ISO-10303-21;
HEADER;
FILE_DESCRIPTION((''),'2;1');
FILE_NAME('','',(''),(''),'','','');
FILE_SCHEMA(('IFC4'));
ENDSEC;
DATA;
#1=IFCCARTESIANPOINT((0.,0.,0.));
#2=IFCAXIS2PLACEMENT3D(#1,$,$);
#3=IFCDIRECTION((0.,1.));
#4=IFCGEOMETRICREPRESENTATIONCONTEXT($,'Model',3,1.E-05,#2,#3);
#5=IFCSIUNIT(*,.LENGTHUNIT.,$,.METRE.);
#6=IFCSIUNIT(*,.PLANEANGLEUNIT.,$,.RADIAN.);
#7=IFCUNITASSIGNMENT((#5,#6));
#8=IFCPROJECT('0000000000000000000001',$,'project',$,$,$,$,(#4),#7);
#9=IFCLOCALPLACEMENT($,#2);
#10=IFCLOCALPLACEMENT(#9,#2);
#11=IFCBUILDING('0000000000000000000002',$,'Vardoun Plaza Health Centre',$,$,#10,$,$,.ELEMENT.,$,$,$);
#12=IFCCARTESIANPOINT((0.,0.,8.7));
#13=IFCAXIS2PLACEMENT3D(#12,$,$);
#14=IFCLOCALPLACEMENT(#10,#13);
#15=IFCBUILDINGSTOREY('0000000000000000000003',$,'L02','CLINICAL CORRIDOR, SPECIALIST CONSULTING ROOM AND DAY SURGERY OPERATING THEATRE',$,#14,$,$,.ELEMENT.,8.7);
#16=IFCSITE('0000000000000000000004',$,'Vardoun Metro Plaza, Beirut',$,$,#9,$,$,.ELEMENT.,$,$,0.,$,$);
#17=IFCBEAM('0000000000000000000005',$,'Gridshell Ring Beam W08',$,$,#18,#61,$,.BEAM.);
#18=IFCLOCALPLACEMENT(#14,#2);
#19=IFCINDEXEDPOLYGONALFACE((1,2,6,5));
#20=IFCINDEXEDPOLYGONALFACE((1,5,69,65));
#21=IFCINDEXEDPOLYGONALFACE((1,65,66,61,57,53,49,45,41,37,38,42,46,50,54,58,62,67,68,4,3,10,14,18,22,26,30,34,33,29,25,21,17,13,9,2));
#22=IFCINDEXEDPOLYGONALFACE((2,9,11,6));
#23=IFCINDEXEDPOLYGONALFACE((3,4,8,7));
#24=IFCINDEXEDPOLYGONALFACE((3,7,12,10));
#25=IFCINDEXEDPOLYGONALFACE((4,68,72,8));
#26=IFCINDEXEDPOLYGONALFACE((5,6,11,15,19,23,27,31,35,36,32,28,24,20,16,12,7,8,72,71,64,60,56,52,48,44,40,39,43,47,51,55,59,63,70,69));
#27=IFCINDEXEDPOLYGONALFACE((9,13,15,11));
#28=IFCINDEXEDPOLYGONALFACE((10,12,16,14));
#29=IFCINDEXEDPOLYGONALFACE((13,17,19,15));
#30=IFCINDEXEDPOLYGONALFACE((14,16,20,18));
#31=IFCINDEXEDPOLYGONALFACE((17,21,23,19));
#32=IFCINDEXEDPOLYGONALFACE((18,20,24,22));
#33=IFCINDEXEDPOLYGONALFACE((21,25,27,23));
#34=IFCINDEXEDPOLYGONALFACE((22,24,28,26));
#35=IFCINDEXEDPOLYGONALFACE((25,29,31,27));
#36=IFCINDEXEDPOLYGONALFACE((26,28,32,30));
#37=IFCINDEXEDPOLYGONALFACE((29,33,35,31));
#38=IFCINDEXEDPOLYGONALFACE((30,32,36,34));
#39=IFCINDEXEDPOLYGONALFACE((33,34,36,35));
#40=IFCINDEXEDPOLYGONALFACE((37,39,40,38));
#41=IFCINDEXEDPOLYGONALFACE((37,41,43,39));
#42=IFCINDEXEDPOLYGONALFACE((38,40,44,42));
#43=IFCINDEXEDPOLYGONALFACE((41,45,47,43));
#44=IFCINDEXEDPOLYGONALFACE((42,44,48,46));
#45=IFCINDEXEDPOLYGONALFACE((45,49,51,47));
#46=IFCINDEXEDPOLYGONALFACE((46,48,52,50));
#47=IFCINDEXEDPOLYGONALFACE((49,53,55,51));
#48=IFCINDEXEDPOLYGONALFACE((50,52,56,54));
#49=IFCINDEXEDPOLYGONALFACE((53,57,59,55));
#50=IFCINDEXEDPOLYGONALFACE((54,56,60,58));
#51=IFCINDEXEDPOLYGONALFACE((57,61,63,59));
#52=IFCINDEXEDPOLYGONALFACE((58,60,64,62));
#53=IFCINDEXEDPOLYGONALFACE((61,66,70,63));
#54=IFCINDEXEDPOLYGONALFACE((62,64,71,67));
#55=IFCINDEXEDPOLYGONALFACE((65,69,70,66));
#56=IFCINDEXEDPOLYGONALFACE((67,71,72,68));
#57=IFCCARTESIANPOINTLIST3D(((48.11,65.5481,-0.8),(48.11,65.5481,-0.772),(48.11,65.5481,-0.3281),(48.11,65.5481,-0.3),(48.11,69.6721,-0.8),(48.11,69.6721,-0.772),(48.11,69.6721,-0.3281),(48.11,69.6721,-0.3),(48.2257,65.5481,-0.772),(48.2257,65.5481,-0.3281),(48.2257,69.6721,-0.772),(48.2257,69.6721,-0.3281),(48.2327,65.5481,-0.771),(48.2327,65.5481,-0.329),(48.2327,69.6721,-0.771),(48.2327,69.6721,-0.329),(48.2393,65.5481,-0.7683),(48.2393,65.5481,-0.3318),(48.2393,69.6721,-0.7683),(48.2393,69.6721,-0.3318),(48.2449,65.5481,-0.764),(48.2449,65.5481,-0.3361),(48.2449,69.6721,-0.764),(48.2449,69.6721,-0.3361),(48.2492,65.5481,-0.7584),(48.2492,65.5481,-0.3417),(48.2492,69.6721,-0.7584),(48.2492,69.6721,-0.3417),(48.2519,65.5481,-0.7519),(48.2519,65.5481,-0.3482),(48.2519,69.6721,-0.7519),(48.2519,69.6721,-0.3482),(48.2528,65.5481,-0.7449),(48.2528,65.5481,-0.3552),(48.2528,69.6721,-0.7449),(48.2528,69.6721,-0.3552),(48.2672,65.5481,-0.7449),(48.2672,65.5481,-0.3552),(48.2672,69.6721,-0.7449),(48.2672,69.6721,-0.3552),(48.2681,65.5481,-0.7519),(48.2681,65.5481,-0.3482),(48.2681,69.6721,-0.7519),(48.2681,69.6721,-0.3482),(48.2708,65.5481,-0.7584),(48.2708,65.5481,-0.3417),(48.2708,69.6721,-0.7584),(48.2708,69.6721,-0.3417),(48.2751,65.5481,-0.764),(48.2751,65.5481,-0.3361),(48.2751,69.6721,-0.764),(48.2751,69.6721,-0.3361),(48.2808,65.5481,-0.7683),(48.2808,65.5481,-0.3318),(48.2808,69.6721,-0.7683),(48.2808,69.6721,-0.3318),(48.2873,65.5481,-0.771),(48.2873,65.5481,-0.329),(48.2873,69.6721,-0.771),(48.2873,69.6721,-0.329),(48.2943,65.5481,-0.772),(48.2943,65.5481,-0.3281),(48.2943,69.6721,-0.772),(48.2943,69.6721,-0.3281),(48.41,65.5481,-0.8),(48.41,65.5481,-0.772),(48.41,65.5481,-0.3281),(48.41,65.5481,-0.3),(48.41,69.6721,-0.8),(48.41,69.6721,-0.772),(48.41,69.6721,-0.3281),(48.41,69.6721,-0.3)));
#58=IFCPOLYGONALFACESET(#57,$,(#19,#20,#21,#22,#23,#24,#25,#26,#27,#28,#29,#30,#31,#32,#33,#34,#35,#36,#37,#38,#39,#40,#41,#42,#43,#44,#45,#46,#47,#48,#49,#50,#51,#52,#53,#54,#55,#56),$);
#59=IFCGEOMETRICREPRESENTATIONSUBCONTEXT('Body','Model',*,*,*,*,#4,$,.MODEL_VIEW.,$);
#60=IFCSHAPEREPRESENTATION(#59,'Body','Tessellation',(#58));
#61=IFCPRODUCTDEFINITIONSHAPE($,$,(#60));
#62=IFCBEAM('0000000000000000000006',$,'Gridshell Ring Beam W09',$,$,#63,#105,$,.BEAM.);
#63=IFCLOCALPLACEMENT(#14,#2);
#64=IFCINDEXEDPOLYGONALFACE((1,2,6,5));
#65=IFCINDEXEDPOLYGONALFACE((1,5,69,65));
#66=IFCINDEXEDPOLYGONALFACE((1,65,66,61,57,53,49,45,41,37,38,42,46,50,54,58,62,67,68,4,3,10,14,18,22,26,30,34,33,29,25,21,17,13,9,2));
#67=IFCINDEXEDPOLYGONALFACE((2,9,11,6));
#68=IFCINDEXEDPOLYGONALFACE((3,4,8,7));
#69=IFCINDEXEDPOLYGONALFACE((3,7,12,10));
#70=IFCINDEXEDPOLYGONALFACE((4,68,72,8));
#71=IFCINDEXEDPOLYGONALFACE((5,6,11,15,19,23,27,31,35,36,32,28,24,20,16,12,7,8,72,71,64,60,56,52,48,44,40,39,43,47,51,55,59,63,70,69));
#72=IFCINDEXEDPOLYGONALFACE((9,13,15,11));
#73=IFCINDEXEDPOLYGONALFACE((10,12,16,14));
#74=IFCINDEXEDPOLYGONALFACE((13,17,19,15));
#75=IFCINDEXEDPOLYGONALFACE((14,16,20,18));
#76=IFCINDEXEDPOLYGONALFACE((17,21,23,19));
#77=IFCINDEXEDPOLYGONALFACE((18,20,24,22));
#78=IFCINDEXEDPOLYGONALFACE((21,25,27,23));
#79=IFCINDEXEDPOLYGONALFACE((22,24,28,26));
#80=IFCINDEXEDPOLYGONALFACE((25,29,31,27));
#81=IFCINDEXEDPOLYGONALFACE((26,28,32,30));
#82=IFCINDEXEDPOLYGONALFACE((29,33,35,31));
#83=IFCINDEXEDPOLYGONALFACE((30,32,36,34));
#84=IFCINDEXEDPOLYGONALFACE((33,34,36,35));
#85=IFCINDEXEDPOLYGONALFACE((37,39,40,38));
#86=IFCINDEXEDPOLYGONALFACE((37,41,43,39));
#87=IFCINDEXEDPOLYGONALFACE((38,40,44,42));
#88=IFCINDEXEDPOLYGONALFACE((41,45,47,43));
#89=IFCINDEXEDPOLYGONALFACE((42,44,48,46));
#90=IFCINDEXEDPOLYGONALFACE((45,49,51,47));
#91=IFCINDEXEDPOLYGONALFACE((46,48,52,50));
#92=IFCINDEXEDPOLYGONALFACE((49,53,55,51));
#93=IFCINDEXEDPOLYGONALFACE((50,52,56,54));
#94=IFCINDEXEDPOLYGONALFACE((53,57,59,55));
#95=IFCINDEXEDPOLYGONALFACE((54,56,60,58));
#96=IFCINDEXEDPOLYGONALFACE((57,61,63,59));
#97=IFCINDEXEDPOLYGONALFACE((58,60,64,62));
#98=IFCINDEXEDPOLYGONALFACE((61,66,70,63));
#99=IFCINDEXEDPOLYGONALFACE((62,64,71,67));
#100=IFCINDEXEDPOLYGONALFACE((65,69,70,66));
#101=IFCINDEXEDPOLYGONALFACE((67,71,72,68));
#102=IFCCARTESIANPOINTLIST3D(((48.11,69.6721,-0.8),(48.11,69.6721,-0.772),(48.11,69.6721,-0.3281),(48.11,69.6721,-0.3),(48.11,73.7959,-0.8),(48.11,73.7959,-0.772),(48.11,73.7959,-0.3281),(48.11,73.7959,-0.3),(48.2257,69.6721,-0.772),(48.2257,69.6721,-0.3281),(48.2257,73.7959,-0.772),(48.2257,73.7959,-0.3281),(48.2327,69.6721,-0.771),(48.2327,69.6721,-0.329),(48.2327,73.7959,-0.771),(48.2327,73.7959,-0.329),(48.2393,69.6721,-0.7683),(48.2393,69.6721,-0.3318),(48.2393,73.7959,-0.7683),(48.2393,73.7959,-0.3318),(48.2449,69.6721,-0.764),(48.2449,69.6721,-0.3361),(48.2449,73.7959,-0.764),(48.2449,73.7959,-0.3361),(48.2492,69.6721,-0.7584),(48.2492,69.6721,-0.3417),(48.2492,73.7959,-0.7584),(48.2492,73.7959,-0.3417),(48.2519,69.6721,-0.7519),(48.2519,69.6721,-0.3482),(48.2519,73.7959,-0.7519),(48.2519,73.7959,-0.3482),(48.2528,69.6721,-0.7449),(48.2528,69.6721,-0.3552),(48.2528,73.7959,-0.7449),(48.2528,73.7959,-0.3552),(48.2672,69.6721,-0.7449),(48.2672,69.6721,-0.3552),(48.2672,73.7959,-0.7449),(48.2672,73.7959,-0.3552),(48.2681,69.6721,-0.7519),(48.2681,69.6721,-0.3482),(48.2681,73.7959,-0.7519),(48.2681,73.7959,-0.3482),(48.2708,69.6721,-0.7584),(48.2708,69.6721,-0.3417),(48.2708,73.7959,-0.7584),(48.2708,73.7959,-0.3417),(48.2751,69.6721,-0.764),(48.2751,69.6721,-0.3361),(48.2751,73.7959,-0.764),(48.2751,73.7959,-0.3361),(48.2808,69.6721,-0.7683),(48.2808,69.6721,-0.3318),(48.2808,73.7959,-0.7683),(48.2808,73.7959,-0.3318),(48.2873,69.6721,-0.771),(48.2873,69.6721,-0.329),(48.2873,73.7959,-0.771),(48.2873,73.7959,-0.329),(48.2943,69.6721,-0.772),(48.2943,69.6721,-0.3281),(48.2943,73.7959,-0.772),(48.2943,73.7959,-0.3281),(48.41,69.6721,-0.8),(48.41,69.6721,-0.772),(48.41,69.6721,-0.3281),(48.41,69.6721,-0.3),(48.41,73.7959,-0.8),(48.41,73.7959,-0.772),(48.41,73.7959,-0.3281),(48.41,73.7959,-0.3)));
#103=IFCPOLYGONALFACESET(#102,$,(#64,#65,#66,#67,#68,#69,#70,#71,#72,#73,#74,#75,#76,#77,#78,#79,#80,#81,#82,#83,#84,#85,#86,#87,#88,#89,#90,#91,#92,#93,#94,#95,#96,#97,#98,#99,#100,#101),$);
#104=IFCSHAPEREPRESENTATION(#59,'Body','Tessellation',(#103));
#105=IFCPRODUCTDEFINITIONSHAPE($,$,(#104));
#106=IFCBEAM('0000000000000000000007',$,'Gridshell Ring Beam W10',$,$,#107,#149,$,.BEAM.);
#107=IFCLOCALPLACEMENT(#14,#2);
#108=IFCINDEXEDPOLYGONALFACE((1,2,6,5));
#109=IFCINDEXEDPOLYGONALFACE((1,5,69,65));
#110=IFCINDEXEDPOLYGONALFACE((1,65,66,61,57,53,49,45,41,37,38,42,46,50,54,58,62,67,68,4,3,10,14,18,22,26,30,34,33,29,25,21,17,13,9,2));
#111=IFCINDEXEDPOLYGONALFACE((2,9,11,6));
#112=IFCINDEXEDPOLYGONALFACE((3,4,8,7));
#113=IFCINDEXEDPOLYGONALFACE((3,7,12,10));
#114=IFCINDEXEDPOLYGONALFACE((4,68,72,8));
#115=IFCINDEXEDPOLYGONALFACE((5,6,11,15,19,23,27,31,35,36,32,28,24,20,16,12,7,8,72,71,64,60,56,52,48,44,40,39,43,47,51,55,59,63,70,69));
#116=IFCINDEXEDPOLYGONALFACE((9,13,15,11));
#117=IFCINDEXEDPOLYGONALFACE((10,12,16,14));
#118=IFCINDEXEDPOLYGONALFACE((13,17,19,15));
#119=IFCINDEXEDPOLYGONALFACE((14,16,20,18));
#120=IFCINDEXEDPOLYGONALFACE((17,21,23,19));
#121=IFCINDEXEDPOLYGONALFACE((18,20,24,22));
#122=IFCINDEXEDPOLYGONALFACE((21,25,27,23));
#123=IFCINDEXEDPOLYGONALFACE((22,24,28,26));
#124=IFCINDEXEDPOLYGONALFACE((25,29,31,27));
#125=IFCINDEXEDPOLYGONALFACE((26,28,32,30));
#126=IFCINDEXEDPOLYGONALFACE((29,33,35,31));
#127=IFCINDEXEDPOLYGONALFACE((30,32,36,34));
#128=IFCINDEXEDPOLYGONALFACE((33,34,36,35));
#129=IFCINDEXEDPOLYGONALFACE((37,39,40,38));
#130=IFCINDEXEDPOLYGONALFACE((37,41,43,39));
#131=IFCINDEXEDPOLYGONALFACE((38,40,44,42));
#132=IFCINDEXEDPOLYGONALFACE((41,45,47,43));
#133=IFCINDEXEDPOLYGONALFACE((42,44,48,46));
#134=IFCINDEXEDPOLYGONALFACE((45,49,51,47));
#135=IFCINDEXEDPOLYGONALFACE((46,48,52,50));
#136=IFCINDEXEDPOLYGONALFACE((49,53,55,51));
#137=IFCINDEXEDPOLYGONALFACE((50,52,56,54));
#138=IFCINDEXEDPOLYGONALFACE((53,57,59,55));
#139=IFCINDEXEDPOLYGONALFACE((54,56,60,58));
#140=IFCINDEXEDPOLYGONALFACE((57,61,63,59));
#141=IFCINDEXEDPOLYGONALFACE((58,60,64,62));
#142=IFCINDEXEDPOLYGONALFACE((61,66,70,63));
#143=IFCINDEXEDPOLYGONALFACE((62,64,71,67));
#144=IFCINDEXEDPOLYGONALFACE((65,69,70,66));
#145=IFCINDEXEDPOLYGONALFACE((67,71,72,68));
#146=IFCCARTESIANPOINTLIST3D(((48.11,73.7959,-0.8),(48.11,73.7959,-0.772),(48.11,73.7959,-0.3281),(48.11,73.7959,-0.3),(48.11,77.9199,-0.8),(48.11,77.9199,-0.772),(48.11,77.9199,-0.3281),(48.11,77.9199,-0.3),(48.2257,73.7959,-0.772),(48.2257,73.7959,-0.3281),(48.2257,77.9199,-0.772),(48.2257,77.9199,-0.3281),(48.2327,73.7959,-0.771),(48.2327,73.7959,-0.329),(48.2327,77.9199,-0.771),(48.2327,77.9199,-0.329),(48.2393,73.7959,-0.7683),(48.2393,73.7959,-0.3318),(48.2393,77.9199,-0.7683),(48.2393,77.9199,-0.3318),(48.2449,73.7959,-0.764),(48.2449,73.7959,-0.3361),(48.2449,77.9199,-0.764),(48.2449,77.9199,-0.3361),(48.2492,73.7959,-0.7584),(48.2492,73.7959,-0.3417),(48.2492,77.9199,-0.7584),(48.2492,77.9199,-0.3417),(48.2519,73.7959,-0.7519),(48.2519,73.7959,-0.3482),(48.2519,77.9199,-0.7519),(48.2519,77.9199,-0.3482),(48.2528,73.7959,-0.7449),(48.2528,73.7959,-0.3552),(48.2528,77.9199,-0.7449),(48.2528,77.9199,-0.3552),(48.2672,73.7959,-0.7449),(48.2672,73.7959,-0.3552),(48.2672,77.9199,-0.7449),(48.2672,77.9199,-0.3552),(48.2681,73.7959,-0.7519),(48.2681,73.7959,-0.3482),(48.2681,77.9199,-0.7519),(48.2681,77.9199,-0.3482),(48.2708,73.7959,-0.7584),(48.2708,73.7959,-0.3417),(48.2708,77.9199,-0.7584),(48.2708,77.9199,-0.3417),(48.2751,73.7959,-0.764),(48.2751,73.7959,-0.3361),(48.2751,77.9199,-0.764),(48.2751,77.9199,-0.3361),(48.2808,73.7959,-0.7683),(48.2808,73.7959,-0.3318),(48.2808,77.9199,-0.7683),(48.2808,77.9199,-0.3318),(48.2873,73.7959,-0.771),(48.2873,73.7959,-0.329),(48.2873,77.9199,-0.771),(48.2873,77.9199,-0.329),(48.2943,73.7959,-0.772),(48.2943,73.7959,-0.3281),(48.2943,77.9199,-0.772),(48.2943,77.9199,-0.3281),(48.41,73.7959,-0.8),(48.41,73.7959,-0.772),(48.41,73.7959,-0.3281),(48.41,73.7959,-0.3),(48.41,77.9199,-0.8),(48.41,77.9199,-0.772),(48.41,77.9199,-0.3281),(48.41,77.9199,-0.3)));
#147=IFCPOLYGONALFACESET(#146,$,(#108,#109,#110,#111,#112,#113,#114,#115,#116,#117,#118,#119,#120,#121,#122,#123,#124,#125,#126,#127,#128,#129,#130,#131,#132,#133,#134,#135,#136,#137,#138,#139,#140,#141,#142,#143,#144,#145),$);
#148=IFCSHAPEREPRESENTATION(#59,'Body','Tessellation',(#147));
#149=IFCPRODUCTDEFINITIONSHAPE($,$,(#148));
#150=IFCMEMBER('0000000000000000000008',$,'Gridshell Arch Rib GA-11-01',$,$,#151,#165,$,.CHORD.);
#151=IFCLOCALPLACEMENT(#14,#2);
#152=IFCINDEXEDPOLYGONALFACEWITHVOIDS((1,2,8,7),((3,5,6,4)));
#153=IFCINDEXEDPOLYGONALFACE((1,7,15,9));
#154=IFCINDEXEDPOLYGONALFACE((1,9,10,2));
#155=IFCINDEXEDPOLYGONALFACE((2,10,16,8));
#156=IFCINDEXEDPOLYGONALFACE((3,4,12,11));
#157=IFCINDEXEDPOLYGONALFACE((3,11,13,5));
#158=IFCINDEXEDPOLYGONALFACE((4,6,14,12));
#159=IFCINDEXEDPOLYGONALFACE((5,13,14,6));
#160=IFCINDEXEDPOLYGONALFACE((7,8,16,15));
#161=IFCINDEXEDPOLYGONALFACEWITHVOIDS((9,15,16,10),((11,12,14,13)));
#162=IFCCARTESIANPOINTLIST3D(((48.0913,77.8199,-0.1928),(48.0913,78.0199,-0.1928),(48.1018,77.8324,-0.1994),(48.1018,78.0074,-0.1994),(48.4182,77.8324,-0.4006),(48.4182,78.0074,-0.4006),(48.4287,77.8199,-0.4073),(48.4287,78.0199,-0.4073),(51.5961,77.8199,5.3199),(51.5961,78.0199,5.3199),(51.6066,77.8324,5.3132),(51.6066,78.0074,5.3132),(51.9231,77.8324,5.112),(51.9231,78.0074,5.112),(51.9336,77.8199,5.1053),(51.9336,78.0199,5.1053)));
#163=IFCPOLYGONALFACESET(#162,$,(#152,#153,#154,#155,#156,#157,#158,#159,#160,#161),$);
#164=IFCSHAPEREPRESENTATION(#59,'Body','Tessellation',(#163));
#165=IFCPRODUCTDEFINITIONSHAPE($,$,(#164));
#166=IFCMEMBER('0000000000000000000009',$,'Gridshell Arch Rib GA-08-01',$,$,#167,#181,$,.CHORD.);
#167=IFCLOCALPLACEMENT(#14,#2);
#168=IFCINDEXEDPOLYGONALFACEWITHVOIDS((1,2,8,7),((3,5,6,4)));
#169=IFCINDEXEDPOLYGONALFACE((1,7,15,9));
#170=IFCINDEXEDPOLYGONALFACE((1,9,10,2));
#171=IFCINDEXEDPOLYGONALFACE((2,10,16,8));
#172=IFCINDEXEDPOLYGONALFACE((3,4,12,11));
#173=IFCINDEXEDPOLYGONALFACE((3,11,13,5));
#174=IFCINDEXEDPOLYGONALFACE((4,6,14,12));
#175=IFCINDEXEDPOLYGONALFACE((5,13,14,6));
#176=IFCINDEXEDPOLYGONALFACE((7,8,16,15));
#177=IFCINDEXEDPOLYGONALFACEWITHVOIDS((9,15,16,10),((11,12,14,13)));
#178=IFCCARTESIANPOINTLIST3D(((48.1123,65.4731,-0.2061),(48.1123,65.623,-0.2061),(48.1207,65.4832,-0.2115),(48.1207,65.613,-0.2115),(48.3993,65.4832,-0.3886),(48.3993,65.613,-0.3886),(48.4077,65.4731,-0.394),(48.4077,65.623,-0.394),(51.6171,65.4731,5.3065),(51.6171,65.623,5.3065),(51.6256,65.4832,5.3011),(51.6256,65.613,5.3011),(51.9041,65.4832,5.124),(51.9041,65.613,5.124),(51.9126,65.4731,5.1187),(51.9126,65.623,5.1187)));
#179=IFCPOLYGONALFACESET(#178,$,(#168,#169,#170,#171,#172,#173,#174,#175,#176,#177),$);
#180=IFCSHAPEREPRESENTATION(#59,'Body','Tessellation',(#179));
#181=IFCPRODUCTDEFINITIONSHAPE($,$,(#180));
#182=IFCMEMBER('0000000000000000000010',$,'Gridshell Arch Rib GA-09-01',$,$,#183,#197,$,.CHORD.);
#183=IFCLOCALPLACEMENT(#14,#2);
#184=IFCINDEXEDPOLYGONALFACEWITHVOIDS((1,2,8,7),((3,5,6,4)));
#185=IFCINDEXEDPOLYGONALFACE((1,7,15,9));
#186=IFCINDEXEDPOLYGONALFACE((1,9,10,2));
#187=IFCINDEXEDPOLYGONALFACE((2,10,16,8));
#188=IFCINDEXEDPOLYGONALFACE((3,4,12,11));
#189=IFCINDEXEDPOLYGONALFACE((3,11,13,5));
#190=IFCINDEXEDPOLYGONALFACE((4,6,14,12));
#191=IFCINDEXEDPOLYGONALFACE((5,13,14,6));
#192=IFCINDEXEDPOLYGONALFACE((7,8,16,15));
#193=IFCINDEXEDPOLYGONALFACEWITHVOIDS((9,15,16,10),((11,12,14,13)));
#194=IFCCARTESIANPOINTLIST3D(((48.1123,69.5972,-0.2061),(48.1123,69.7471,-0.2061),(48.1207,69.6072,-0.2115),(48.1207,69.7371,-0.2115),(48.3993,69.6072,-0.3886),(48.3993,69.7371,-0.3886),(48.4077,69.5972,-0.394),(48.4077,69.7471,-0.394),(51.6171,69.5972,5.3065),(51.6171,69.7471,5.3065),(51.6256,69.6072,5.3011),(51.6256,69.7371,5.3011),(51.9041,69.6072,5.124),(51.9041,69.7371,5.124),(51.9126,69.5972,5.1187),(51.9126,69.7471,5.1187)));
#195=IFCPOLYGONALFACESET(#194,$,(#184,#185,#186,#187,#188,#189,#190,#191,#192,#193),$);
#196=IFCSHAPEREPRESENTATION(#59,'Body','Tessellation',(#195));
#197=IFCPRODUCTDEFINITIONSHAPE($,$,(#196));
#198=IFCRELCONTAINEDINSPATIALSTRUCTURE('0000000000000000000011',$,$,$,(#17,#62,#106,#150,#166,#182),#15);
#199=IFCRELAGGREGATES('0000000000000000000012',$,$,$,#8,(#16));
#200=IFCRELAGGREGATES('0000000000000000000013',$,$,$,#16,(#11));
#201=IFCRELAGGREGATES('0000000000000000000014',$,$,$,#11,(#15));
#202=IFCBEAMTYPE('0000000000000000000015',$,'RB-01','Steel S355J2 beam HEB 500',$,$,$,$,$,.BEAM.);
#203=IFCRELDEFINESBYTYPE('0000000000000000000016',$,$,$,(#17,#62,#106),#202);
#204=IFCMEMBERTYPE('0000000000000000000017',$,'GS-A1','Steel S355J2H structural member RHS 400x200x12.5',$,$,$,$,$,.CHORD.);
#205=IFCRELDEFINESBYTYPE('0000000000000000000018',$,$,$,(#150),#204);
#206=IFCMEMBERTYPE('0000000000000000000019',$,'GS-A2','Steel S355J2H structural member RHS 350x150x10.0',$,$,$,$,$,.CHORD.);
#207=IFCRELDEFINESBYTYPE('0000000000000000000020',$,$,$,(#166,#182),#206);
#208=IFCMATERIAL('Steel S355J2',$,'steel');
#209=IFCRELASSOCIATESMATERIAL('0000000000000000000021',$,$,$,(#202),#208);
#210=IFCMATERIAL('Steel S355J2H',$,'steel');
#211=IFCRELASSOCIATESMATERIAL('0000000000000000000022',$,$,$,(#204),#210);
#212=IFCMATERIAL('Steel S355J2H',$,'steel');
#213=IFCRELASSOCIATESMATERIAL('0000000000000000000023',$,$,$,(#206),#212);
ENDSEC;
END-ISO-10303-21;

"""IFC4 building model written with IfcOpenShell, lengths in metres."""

from ifc_helpers import new_model, si_unit, direction, frame, origin, origin_2d, place, context, subcontext, project, spatial, hollow_rectangle, i_section, extrude, material, material_profile, profile_set, type_object, element, save


model = new_model("IFC4")

# Units and contexts
model_context = context("Model", 3, precision=1e-05, world=origin(), true_north=direction((0.0, 1.0)))
body_context = subcontext(model_context, "Body", "Model", "MODEL_VIEW")
ifc_project = project(units=[si_unit("LENGTHUNIT", "METRE"), si_unit("PLANEANGLEUNIT", "RADIAN")], contexts=[model_context])

# Site, building, storey
site_placement = place(None, origin())
site = spatial("IfcSite", under=ifc_project, at=site_placement, Name="Vardoun Metro Plaza, Beirut", CompositionType="ELEMENT", RefElevation=0.0)
building_placement = place(site_placement, origin())
building = spatial("IfcBuilding", under=site, at=building_placement, Name="Vardoun Plaza Health Centre", CompositionType="ELEMENT")
storey_placement = place(building_placement, frame((0.0, 0.0, 8.7)))
storey = spatial("IfcBuildingStorey", under=building, at=storey_placement, Name="L02", Description="CLINICAL CORRIDOR, SPECIALIST CONSULTING ROOM AND DAY SURGERY OPERATING THEATRE", CompositionType="ELEMENT", Elevation=8.7)

# Beams
ifc_material_1 = material(Name="Steel S355J2", Category="steel")
ifc_material_profile_1 = material_profile(ifc_material_1, i_section(OverallWidth=0.3, OverallDepth=0.5, WebThickness=0.0144, FlangeThickness=0.0281, FilletRadius=0.0271, at=origin_2d()), Name="HEB 500")
ifc_profile_set_1 = profile_set([ifc_material_profile_1], Name="Steel S355J2")
beam_type_1 = type_object("IfcBeamType", Name="RB-01", Description="Steel S355J2 beam HEB 500", PredefinedType="BEAM", material=ifc_profile_set_1)
beam_1_placement = place(storey_placement, frame((48.26, 65.5481, -0.55), z_axis=(0.0, 1.0, 0.0), x_axis=(-1.0, 0.0, 0.0)))
element("IfcBeam", 1, at=beam_1_placement, inside=storey, type_object=beam_type_1, Name="Gridshell Ring Beam W08", PredefinedType="BEAM", context=body_context, shape_type="SweptSolid", body=[
    extrude(i_section(OverallWidth=0.3, OverallDepth=0.5, WebThickness=0.0144, FlangeThickness=0.0281, FilletRadius=0.0271, at=origin_2d()), origin(), (0.0, 0.0, 1.0), 4.124),
])
beam_2_placement = place(storey_placement, frame((48.26, 69.6721, -0.55), z_axis=(0.0, 1.0, 0.0), x_axis=(-1.0, 0.0, 0.0)))
element("IfcBeam", 2, at=beam_2_placement, inside=storey, type_object=beam_type_1, Name="Gridshell Ring Beam W09", PredefinedType="BEAM", context=body_context, shape_type="SweptSolid", body=[
    extrude(i_section(OverallWidth=0.3, OverallDepth=0.5, WebThickness=0.0144, FlangeThickness=0.0281, FilletRadius=0.0271, at=origin_2d()), origin(), (0.0, 0.0, 1.0), 4.1238),
])
beam_3_placement = place(storey_placement, frame((48.26, 73.7959, -0.55), z_axis=(0.0, 1.0, 0.0), x_axis=(-1.0, 0.0, 0.0)))
element("IfcBeam", 3, at=beam_3_placement, inside=storey, type_object=beam_type_1, Name="Gridshell Ring Beam W10", PredefinedType="BEAM", context=body_context, shape_type="SweptSolid", body=[
    extrude(i_section(OverallWidth=0.3, OverallDepth=0.5, WebThickness=0.0144, FlangeThickness=0.0281, FilletRadius=0.0271, at=origin_2d()), origin(), (0.0, 0.0, 1.0), 4.124),
])

# Members
ifc_material_2 = material(Name="Steel S355J2H", Category="steel")
ifc_material_profile_2 = material_profile(ifc_material_2, hollow_rectangle(XDim=0.2, YDim=0.3999, WallThickness=0.0125, at=origin_2d()), Name="RHS 400x200x12.5")
ifc_profile_set_2 = profile_set([ifc_material_profile_2], Name="Steel S355J2H")
member_type_1 = type_object("IfcMemberType", Name="GS-A1", Description="Steel S355J2H structural member RHS 400x200x12.5", PredefinedType="CHORD", material=ifc_profile_set_2)
member_1_placement = place(storey_placement, frame((48.26, 77.9199, -0.3), z_axis=(0.536527, 0.0, 0.843883), x_axis=(0.0, 1.0, 0.0)))
element("IfcMember", 4, at=member_1_placement, inside=storey, type_object=member_type_1, Name="Gridshell Arch Rib GA-11-01", PredefinedType="CHORD", context=body_context, shape_type="SweptSolid", body=[
    extrude(hollow_rectangle(XDim=0.2, YDim=0.3999, WallThickness=0.0125, at=origin_2d()), origin(), (0.0, 0.0, 1.0), 6.5325),
])
ifc_material_3 = material(Name="Steel S355J2H", Category="steel")
ifc_material_profile_3 = material_profile(ifc_material_3, hollow_rectangle(XDim=0.1499, YDim=0.3501, WallThickness=0.01, at=origin_2d()), Name="RHS 350x150x10.0")
ifc_profile_set_3 = profile_set([ifc_material_profile_3], Name="Steel S355J2H")
member_type_2 = type_object("IfcMemberType", Name="GS-A2", Description="Steel S355J2H structural member RHS 350x150x10.0", PredefinedType="CHORD", material=ifc_profile_set_3)
for number, where, z_axis, x_axis, name in (
    (5, (48.26, 65.5481, -0.3), (0.536527, 0.0, 0.843883), (0.0, 1.0, 0.0), "Gridshell Arch Rib GA-08-01"),
    (6, (48.26, 69.6721, -0.3), (0.536527, 0.0, 0.843883), (0.0, 1.0, 0.0), "Gridshell Arch Rib GA-09-01"),
):
    element("IfcMember", number, at=place(storey_placement, frame(where, z_axis=z_axis, x_axis=x_axis)), inside=storey, type_object=member_type_2, Name=name, PredefinedType="CHORD", context=body_context, shape_type="SweptSolid", body=[
        extrude(hollow_rectangle(XDim=0.1499, YDim=0.3501, WallThickness=0.01, at=origin_2d()), origin(), (0.0, 0.0, 1.0), 6.5325),
    ])

save(model, "model.ifc")
